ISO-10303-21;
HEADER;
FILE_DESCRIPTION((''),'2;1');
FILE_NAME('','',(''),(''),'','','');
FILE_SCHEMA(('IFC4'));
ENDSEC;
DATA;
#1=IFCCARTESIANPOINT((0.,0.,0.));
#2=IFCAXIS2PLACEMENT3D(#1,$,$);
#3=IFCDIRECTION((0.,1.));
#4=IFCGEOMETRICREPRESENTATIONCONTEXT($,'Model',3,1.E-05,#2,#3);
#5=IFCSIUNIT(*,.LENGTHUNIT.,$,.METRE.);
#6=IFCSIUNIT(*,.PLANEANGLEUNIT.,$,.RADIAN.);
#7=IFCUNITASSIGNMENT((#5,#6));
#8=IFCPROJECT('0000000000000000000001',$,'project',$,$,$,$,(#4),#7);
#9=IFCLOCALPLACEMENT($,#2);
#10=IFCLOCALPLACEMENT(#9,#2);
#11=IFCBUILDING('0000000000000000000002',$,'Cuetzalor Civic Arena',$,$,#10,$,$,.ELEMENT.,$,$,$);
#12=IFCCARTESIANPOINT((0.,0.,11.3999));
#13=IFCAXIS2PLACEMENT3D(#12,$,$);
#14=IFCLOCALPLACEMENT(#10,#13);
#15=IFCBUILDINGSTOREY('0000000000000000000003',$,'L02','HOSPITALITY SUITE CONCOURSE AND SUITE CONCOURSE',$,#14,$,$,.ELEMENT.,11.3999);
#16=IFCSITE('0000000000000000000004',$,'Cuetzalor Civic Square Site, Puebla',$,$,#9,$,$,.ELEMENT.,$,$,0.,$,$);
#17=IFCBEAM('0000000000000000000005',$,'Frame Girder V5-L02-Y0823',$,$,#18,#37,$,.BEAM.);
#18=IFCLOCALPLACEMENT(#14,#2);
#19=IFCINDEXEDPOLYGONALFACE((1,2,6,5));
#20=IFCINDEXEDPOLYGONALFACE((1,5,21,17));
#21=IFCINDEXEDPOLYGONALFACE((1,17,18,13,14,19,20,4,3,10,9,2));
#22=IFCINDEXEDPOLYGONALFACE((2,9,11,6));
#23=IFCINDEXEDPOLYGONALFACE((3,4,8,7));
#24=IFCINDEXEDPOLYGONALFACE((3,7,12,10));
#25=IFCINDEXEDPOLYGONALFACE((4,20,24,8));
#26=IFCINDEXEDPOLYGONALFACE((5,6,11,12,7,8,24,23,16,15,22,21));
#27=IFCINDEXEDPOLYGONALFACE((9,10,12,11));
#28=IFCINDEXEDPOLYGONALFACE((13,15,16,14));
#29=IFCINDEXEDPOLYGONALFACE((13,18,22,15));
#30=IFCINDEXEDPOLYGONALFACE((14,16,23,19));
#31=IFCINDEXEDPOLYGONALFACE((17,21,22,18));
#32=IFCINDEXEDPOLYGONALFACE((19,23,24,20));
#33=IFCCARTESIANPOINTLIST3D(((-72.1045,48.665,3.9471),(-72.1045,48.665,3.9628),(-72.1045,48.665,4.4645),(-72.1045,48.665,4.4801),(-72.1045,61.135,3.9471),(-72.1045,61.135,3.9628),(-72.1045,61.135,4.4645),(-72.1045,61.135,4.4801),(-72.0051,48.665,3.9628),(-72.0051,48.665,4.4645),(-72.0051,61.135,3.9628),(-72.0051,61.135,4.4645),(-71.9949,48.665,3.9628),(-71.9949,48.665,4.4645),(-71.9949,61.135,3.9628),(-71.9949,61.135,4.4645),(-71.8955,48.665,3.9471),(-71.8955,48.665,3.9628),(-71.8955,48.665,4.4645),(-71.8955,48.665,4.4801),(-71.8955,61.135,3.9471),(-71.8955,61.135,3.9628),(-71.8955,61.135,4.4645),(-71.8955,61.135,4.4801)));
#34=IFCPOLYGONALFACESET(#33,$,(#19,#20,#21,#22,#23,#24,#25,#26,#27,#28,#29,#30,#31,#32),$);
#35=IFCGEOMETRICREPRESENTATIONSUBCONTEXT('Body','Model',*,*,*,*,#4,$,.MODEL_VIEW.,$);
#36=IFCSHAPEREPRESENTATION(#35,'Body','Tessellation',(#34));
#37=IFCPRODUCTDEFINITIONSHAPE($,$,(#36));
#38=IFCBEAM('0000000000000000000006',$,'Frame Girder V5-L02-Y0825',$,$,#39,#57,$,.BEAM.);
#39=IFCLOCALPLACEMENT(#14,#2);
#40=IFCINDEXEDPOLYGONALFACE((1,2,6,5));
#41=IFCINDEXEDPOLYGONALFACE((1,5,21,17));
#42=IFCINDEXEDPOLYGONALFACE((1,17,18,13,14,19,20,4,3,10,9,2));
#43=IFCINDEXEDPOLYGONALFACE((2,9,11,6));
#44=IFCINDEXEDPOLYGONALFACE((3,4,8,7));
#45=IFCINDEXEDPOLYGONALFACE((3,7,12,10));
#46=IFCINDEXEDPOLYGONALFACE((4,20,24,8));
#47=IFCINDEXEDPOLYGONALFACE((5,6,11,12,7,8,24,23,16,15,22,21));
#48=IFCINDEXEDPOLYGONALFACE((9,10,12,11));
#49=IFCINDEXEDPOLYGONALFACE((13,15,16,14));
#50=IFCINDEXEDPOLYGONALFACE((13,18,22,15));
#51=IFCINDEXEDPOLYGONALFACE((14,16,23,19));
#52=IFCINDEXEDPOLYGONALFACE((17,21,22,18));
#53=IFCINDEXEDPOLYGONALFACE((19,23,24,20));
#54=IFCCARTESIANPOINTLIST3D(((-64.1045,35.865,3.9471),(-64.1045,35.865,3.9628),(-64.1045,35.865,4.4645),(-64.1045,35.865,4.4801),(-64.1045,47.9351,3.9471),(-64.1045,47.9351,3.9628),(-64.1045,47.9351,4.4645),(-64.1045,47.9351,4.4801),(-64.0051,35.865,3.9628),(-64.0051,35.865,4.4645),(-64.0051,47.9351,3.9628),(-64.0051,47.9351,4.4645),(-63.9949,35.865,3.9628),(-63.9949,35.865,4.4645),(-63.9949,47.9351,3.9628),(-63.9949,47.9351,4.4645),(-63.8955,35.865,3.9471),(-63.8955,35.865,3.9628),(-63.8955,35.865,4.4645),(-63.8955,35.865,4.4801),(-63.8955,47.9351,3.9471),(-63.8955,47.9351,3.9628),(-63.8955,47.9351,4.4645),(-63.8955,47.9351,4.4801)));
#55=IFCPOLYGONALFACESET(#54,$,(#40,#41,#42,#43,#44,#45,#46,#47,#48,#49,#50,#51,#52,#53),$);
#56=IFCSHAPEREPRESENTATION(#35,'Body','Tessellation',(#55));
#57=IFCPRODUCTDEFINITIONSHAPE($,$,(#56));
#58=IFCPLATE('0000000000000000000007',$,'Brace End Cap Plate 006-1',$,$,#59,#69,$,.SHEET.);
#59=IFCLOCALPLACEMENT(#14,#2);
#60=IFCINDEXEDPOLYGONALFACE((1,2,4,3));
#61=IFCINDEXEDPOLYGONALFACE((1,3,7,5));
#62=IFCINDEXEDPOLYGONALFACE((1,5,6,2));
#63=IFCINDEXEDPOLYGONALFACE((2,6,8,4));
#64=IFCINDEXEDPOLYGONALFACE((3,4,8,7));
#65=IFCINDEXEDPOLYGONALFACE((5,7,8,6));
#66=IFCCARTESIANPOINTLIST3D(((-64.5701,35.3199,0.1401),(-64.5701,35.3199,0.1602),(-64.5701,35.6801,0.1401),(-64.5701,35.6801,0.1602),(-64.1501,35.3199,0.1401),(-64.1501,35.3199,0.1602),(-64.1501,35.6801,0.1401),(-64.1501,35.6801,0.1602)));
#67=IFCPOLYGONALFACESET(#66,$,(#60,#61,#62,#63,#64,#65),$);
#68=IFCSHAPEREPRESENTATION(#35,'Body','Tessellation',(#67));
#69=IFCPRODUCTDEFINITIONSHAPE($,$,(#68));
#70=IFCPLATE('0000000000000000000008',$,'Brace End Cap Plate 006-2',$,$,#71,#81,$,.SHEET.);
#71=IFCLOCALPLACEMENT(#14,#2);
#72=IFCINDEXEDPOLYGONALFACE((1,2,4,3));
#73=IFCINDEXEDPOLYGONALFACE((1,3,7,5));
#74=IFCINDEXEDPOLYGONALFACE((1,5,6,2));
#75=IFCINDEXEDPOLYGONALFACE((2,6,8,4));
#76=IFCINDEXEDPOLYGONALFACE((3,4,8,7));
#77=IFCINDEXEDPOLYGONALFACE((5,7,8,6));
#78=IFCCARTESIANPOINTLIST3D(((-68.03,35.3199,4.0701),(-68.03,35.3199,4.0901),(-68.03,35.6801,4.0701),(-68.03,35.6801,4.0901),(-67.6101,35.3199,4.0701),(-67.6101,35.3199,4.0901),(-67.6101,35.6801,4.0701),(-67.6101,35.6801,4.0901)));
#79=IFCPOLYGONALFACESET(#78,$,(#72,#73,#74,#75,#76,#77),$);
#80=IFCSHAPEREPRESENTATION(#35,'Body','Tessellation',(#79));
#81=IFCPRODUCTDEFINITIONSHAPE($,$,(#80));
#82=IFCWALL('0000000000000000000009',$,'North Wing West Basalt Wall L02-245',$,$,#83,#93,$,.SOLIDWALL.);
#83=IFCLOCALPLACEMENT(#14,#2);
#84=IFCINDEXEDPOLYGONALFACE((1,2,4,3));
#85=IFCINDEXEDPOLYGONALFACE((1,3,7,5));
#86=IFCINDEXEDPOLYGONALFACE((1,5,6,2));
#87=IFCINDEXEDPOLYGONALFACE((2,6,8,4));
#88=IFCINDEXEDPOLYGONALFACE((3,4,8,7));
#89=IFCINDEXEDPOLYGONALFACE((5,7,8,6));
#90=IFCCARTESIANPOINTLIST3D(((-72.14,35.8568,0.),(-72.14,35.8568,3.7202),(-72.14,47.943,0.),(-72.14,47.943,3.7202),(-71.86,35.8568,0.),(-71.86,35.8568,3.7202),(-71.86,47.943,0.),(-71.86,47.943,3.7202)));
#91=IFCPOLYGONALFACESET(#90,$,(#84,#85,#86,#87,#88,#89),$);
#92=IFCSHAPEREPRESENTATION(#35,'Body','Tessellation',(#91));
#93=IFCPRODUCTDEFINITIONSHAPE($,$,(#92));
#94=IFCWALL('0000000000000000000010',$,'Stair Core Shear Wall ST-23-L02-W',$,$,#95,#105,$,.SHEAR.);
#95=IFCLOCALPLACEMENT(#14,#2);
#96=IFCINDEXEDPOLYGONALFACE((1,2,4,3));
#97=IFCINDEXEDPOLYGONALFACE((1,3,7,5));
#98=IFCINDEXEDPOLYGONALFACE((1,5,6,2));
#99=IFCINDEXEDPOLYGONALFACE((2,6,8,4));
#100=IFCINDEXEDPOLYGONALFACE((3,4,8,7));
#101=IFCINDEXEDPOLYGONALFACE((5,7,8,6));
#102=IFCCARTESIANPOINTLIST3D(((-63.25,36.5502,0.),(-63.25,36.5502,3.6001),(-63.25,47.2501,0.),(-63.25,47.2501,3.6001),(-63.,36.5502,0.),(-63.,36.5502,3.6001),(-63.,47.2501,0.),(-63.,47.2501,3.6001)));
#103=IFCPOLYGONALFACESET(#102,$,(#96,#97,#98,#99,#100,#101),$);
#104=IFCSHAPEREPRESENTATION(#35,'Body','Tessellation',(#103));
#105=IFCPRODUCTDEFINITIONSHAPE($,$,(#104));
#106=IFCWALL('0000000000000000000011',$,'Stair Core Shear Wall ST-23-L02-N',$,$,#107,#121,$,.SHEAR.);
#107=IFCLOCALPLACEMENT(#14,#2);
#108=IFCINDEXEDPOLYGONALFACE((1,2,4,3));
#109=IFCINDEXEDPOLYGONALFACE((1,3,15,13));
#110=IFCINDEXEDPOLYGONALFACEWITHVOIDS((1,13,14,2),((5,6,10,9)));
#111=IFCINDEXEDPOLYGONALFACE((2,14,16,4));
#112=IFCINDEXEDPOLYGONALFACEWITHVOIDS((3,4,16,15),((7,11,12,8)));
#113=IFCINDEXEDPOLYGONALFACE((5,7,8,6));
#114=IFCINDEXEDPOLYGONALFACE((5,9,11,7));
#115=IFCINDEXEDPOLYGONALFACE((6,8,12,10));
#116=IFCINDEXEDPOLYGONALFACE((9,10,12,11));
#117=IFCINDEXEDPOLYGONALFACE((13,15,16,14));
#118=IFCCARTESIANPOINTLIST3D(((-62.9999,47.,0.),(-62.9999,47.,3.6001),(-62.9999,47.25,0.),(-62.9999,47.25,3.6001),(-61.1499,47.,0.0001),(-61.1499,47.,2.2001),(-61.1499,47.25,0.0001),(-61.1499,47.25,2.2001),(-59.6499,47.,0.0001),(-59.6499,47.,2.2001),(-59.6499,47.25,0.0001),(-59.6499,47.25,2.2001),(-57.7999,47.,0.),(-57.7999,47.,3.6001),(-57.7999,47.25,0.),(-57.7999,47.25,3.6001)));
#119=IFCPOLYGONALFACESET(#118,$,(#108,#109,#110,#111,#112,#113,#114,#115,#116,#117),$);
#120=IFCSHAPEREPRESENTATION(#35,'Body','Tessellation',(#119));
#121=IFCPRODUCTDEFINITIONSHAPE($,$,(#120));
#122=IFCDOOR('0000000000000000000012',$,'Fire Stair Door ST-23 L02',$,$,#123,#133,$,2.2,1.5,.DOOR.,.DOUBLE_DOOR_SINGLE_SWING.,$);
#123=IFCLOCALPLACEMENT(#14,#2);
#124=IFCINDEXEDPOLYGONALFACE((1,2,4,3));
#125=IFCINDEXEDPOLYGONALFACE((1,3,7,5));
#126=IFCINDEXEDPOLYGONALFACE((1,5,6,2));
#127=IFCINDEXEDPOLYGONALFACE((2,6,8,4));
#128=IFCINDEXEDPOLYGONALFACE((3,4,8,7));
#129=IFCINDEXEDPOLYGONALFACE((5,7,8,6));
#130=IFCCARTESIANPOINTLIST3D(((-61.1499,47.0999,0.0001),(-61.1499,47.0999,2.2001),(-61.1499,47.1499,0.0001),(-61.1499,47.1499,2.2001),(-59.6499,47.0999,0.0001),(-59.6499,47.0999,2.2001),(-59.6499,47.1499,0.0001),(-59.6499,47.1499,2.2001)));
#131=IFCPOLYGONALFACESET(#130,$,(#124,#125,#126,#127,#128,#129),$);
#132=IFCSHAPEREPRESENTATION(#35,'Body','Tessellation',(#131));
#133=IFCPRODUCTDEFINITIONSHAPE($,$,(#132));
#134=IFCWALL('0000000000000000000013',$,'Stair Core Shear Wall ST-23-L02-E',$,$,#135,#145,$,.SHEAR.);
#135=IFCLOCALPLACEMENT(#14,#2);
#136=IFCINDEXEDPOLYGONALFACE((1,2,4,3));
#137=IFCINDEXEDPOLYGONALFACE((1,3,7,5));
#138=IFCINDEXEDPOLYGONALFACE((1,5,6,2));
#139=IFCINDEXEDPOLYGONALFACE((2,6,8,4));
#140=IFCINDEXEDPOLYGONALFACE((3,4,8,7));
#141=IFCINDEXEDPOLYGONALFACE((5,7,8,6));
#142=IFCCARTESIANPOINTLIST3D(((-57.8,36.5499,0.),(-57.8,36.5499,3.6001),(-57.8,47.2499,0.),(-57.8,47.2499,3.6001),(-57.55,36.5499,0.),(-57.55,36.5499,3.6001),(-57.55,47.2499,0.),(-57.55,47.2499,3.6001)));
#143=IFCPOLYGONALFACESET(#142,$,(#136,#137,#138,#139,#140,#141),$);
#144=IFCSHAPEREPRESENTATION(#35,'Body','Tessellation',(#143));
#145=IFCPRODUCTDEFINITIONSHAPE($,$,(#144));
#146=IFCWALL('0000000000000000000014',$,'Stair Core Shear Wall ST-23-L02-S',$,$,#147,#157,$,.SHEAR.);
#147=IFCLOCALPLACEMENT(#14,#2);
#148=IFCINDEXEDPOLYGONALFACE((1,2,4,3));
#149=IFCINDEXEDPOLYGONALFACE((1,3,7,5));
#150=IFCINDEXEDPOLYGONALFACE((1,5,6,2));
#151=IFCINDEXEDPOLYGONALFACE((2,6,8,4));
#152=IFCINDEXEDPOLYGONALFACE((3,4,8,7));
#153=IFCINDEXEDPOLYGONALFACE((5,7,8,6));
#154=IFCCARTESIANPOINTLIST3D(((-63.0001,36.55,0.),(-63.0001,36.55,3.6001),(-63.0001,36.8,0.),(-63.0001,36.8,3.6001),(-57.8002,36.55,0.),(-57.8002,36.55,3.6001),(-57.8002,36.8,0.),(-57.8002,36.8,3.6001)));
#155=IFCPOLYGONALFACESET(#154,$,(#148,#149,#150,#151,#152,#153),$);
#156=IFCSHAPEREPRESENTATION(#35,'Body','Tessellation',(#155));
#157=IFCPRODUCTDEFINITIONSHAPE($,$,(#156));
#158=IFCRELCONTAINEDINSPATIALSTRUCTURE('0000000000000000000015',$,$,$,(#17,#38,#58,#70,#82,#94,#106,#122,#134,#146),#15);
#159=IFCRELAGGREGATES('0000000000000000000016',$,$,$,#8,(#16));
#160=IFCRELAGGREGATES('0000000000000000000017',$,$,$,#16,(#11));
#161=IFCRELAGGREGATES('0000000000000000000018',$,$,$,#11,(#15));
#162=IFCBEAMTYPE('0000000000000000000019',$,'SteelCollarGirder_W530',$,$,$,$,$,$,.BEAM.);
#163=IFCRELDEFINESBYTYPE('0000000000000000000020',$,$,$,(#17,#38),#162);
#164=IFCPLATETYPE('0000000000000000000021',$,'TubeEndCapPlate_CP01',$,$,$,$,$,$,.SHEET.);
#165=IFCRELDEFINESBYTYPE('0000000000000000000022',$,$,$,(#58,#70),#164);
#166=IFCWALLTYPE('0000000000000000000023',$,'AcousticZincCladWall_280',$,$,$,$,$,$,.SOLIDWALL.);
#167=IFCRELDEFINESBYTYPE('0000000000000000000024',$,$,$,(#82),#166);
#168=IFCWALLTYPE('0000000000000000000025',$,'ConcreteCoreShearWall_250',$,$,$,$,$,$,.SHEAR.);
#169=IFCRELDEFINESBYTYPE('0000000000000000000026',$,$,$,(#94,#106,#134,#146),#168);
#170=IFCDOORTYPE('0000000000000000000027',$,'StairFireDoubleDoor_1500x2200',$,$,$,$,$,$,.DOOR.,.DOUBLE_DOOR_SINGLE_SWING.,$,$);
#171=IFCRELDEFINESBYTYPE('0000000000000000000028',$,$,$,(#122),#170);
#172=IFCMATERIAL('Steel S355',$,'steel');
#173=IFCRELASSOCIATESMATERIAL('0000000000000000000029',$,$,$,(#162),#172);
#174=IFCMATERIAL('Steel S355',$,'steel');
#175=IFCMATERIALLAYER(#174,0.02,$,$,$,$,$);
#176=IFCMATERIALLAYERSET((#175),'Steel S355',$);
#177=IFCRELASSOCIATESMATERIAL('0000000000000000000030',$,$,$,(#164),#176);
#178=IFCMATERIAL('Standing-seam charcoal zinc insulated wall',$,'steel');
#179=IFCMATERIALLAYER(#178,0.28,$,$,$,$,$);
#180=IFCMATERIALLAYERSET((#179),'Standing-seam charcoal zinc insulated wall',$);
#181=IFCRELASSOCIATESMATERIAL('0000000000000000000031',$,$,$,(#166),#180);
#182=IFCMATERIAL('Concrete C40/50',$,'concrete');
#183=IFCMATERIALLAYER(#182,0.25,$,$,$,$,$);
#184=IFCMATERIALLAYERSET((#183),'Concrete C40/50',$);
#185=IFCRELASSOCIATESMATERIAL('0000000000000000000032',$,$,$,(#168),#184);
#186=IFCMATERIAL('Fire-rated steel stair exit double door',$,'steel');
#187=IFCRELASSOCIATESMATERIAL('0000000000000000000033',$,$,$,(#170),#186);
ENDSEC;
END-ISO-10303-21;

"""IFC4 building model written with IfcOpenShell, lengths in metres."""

from ifc_helpers import new_model, si_unit, direction, frame, frame_2d, origin, origin_2d, place, context, subcontext, project, spatial, rectangle, i_section, extrude, material, layer, layer_set, material_profile, profile_set, type_object, element, fill, save


model = new_model("IFC4")

# Units and contexts
model_context = context("Model", 3, precision=1e-05, world=origin(), true_north=direction((0.0, 1.0)))
body_context = subcontext(model_context, "Body", "Model", "MODEL_VIEW")
ifc_project = project(units=[si_unit("LENGTHUNIT", "METRE"), si_unit("PLANEANGLEUNIT", "RADIAN")], contexts=[model_context])

# Site, building, storey
site_placement = place(None, origin())
site = spatial("IfcSite", under=ifc_project, at=site_placement, Name="Cuetzalor Civic Square Site, Puebla", CompositionType="ELEMENT", RefElevation=0.0)
building_placement = place(site_placement, origin())
building = spatial("IfcBuilding", under=site, at=building_placement, Name="Cuetzalor Civic Arena", CompositionType="ELEMENT")
storey_placement = place(building_placement, frame((0.0, 0.0, 11.3999)))
storey = spatial("IfcBuildingStorey", under=building, at=storey_placement, Name="L02", Description="HOSPITALITY SUITE CONCOURSE AND SUITE CONCOURSE", CompositionType="ELEMENT", Elevation=11.3999)

# Beams
ifc_material_1 = material(Name="Steel S355", Category="steel")
ifc_material_profile_1 = material_profile(ifc_material_1, i_section(OverallWidth=0.209, OverallDepth=0.533, WebThickness=0.0103, FlangeThickness=0.0156, at=origin_2d()), Name="W530x92")
ifc_profile_set_1 = profile_set([ifc_material_profile_1], Name="Steel S355")
beam_type_1 = type_object("IfcBeamType", Name="SteelCollarGirder_W530", PredefinedType="BEAM", material=ifc_profile_set_1)
beam_1_placement = place(storey_placement, frame((-72.0, 48.665, 4.2136), z_axis=(0.0, 1.0, 0.0), x_axis=(-1.0, 0.0, 0.0)))
element("IfcBeam", 1, at=beam_1_placement, inside=storey, type_object=beam_type_1, Name="Frame Girder V5-L02-Y0823", PredefinedType="BEAM", context=body_context, shape_type="SweptSolid", body=[
    extrude(i_section(OverallWidth=0.209, OverallDepth=0.533, WebThickness=0.0103, FlangeThickness=0.0156, at=origin_2d()), origin(), (0.0, 0.0, 1.0), 12.47),
])
beam_2_placement = place(storey_placement, frame((-64.0, 35.865, 4.2136), z_axis=(0.0, 1.0, 0.0), x_axis=(-1.0, 0.0, 0.0)))
element("IfcBeam", 2, at=beam_2_placement, inside=storey, type_object=beam_type_1, Name="Frame Girder V5-L02-Y0825", PredefinedType="BEAM", context=body_context, shape_type="SweptSolid", body=[
    extrude(i_section(OverallWidth=0.209, OverallDepth=0.533, WebThickness=0.0103, FlangeThickness=0.0156, at=origin_2d()), origin(), (0.0, 0.0, 1.0), 12.0701),
])

# Plates
ifc_material_2 = material(Name="Steel S355", Category="steel")
ifc_layer_1 = layer(ifc_material_2, 0.02)
ifc_layer_set_1 = layer_set([ifc_layer_1], Name="Steel S355")
plate_type = type_object("IfcPlateType", Name="TubeEndCapPlate_CP01", PredefinedType="SHEET", material=ifc_layer_set_1)
for number, where, z_axis, x_axis, name in (
    (3, (-64.3601, 35.5, 0.1401), (0.0, 0.0, 1.0), (1.0, 0.0, 0.0), "Brace End Cap Plate 006-1"),
    (4, (-67.8201, 35.5, 4.0701), (0.0, 0.0, 1.0), (1.0, 0.0, 0.0), "Brace End Cap Plate 006-2"),
):
    element("IfcPlate", number, at=place(storey_placement, frame(where, z_axis=z_axis, x_axis=x_axis)), inside=storey, type_object=plate_type, Name=name, PredefinedType="SHEET", context=body_context, shape_type="SweptSolid", body=[
        extrude(rectangle(XDim=0.4199, YDim=0.3601, at=origin_2d()), origin(), (0.0, 0.0, 1.0), 0.02),
    ])

# Walls
ifc_material_3 = material(Name="Standing-seam charcoal zinc insulated wall", Category="steel")
ifc_layer_2 = layer(ifc_material_3, 0.28)
ifc_layer_set_2 = layer_set([ifc_layer_2], Name="Standing-seam charcoal zinc insulated wall")
wall_type_1 = type_object("IfcWallType", Name="AcousticZincCladWall_280", PredefinedType="SOLIDWALL", material=ifc_layer_set_2)
wall_1_placement = place(storey_placement, frame((-72.0, 35.8569, 0.0), z_axis=(0.0, 0.0, 1.0), x_axis=(0.0, 1.0, 0.0)))
element("IfcWall", 5, at=wall_1_placement, inside=storey, type_object=wall_type_1, Name="North Wing West Basalt Wall L02-245", PredefinedType="SOLIDWALL", context=body_context, shape_type="SweptSolid", body=[
    extrude(rectangle(XDim=12.0862, YDim=0.28, at=frame_2d((6.043, 0.0))), origin(), (0.0, 0.0, 1.0), 3.7202),
])
ifc_material_4 = material(Name="Concrete C40/50", Category="concrete")
ifc_layer_3 = layer(ifc_material_4, 0.25)
ifc_layer_set_3 = layer_set([ifc_layer_3], Name="Concrete C40/50")
wall_type_2 = type_object("IfcWallType", Name="ConcreteCoreShearWall_250", PredefinedType="SHEAR", material=ifc_layer_set_3)
wall_2_placement = place(storey_placement, frame((-63.125, 36.55, 0.0), z_axis=(0.0, 0.0, 1.0), x_axis=(0.0, 1.0, 0.0)))
element("IfcWall", 6, at=wall_2_placement, inside=storey, type_object=wall_type_2, Name="Stair Core Shear Wall ST-23-L02-W", PredefinedType="SHEAR", context=body_context, shape_type="SweptSolid", body=[
    extrude(rectangle(XDim=10.7, YDim=0.25, at=frame_2d((5.3501, 0.0))), origin(), (0.0, 0.0, 1.0), 3.6001),
])

# Wall, opening, door
wall_3_placement = place(storey_placement, frame((-63.0, 47.125, 0.0), z_axis=(0.0, 0.0, 1.0), x_axis=(1.0, 0.0, 0.0)))
wall_3 = element("IfcWall", 7, at=wall_3_placement, inside=storey, type_object=wall_type_2, Name="Stair Core Shear Wall ST-23-L02-N", PredefinedType="SHEAR", context=body_context, shape_type="SweptSolid", body=[
    extrude(rectangle(XDim=5.2, YDim=0.25, at=frame_2d((2.6001, 0.0))), origin(), (0.0, 0.0, 1.0), 3.6001),
])
opening_placement = place(wall_3_placement, frame((1.8501, 0.0, 0.0)))
opening = element("IfcOpeningElement", 8, at=opening_placement, cuts=wall_3, PredefinedType="OPENING", context=body_context, shape_type="SweptSolid", body=[
    extrude(rectangle(XDim=1.5, YDim=2.2, at=frame_2d((0.75, 1.1001))), frame((0.0, 0.135, 0.0), z_axis=(0.0, -1.0, 0.0), x_axis=(1.0, 0.0, 0.0)), (0.0, 0.0, 1.0), 0.27),
])
ifc_material_5 = material(Name="Fire-rated steel stair exit double door", Category="steel")
door_type = type_object("IfcDoorType", Name="StairFireDoubleDoor_1500x2200", OperationType="DOUBLE_DOOR_SINGLE_SWING", PredefinedType="DOOR", material=ifc_material_5)
door_placement = place(opening_placement, origin())
door = element("IfcDoor", 9, at=door_placement, inside=storey, type_object=door_type, Name="Fire Stair Door ST-23 L02", OperationType="DOUBLE_DOOR_SINGLE_SWING", OverallHeight=2.2, OverallWidth=1.5, PredefinedType="DOOR", context=body_context, shape_type="SweptSolid", body=[
    extrude(rectangle(XDim=1.5, YDim=2.2, at=frame_2d((0.75, 1.1001))), frame((0.0, 0.0249, 0.0), z_axis=(0.0, -1.0, 0.0), x_axis=(1.0, 0.0, 0.0)), (0.0, 0.0, 1.0), 0.05),
])
fill(opening, door)

# Walls
wall_4_placement = place(storey_placement, frame((-57.675, 47.25, 0.0), z_axis=(0.0, 0.0, 1.0), x_axis=(0.0, -1.0, 0.0)))
element("IfcWall", 10, at=wall_4_placement, inside=storey, type_object=wall_type_2, Name="Stair Core Shear Wall ST-23-L02-E", PredefinedType="SHEAR", context=body_context, shape_type="SweptSolid", body=[
    extrude(rectangle(XDim=10.7, YDim=0.25, at=frame_2d((5.3501, 0.0))), origin(), (0.0, 0.0, 1.0), 3.6001),
])
wall_5_placement = place(storey_placement, frame((-57.8, 36.675, 0.0), z_axis=(0.0, 0.0, 1.0), x_axis=(-1.0, 0.0, 0.0)))
element("IfcWall", 11, at=wall_5_placement, inside=storey, type_object=wall_type_2, Name="Stair Core Shear Wall ST-23-L02-S", PredefinedType="SHEAR", context=body_context, shape_type="SweptSolid", body=[
    extrude(rectangle(XDim=5.2, YDim=0.25, at=frame_2d((2.6001, 0.0))), origin(), (0.0, 0.0, 1.0), 3.6001),
])

save(model, "model.ifc")
